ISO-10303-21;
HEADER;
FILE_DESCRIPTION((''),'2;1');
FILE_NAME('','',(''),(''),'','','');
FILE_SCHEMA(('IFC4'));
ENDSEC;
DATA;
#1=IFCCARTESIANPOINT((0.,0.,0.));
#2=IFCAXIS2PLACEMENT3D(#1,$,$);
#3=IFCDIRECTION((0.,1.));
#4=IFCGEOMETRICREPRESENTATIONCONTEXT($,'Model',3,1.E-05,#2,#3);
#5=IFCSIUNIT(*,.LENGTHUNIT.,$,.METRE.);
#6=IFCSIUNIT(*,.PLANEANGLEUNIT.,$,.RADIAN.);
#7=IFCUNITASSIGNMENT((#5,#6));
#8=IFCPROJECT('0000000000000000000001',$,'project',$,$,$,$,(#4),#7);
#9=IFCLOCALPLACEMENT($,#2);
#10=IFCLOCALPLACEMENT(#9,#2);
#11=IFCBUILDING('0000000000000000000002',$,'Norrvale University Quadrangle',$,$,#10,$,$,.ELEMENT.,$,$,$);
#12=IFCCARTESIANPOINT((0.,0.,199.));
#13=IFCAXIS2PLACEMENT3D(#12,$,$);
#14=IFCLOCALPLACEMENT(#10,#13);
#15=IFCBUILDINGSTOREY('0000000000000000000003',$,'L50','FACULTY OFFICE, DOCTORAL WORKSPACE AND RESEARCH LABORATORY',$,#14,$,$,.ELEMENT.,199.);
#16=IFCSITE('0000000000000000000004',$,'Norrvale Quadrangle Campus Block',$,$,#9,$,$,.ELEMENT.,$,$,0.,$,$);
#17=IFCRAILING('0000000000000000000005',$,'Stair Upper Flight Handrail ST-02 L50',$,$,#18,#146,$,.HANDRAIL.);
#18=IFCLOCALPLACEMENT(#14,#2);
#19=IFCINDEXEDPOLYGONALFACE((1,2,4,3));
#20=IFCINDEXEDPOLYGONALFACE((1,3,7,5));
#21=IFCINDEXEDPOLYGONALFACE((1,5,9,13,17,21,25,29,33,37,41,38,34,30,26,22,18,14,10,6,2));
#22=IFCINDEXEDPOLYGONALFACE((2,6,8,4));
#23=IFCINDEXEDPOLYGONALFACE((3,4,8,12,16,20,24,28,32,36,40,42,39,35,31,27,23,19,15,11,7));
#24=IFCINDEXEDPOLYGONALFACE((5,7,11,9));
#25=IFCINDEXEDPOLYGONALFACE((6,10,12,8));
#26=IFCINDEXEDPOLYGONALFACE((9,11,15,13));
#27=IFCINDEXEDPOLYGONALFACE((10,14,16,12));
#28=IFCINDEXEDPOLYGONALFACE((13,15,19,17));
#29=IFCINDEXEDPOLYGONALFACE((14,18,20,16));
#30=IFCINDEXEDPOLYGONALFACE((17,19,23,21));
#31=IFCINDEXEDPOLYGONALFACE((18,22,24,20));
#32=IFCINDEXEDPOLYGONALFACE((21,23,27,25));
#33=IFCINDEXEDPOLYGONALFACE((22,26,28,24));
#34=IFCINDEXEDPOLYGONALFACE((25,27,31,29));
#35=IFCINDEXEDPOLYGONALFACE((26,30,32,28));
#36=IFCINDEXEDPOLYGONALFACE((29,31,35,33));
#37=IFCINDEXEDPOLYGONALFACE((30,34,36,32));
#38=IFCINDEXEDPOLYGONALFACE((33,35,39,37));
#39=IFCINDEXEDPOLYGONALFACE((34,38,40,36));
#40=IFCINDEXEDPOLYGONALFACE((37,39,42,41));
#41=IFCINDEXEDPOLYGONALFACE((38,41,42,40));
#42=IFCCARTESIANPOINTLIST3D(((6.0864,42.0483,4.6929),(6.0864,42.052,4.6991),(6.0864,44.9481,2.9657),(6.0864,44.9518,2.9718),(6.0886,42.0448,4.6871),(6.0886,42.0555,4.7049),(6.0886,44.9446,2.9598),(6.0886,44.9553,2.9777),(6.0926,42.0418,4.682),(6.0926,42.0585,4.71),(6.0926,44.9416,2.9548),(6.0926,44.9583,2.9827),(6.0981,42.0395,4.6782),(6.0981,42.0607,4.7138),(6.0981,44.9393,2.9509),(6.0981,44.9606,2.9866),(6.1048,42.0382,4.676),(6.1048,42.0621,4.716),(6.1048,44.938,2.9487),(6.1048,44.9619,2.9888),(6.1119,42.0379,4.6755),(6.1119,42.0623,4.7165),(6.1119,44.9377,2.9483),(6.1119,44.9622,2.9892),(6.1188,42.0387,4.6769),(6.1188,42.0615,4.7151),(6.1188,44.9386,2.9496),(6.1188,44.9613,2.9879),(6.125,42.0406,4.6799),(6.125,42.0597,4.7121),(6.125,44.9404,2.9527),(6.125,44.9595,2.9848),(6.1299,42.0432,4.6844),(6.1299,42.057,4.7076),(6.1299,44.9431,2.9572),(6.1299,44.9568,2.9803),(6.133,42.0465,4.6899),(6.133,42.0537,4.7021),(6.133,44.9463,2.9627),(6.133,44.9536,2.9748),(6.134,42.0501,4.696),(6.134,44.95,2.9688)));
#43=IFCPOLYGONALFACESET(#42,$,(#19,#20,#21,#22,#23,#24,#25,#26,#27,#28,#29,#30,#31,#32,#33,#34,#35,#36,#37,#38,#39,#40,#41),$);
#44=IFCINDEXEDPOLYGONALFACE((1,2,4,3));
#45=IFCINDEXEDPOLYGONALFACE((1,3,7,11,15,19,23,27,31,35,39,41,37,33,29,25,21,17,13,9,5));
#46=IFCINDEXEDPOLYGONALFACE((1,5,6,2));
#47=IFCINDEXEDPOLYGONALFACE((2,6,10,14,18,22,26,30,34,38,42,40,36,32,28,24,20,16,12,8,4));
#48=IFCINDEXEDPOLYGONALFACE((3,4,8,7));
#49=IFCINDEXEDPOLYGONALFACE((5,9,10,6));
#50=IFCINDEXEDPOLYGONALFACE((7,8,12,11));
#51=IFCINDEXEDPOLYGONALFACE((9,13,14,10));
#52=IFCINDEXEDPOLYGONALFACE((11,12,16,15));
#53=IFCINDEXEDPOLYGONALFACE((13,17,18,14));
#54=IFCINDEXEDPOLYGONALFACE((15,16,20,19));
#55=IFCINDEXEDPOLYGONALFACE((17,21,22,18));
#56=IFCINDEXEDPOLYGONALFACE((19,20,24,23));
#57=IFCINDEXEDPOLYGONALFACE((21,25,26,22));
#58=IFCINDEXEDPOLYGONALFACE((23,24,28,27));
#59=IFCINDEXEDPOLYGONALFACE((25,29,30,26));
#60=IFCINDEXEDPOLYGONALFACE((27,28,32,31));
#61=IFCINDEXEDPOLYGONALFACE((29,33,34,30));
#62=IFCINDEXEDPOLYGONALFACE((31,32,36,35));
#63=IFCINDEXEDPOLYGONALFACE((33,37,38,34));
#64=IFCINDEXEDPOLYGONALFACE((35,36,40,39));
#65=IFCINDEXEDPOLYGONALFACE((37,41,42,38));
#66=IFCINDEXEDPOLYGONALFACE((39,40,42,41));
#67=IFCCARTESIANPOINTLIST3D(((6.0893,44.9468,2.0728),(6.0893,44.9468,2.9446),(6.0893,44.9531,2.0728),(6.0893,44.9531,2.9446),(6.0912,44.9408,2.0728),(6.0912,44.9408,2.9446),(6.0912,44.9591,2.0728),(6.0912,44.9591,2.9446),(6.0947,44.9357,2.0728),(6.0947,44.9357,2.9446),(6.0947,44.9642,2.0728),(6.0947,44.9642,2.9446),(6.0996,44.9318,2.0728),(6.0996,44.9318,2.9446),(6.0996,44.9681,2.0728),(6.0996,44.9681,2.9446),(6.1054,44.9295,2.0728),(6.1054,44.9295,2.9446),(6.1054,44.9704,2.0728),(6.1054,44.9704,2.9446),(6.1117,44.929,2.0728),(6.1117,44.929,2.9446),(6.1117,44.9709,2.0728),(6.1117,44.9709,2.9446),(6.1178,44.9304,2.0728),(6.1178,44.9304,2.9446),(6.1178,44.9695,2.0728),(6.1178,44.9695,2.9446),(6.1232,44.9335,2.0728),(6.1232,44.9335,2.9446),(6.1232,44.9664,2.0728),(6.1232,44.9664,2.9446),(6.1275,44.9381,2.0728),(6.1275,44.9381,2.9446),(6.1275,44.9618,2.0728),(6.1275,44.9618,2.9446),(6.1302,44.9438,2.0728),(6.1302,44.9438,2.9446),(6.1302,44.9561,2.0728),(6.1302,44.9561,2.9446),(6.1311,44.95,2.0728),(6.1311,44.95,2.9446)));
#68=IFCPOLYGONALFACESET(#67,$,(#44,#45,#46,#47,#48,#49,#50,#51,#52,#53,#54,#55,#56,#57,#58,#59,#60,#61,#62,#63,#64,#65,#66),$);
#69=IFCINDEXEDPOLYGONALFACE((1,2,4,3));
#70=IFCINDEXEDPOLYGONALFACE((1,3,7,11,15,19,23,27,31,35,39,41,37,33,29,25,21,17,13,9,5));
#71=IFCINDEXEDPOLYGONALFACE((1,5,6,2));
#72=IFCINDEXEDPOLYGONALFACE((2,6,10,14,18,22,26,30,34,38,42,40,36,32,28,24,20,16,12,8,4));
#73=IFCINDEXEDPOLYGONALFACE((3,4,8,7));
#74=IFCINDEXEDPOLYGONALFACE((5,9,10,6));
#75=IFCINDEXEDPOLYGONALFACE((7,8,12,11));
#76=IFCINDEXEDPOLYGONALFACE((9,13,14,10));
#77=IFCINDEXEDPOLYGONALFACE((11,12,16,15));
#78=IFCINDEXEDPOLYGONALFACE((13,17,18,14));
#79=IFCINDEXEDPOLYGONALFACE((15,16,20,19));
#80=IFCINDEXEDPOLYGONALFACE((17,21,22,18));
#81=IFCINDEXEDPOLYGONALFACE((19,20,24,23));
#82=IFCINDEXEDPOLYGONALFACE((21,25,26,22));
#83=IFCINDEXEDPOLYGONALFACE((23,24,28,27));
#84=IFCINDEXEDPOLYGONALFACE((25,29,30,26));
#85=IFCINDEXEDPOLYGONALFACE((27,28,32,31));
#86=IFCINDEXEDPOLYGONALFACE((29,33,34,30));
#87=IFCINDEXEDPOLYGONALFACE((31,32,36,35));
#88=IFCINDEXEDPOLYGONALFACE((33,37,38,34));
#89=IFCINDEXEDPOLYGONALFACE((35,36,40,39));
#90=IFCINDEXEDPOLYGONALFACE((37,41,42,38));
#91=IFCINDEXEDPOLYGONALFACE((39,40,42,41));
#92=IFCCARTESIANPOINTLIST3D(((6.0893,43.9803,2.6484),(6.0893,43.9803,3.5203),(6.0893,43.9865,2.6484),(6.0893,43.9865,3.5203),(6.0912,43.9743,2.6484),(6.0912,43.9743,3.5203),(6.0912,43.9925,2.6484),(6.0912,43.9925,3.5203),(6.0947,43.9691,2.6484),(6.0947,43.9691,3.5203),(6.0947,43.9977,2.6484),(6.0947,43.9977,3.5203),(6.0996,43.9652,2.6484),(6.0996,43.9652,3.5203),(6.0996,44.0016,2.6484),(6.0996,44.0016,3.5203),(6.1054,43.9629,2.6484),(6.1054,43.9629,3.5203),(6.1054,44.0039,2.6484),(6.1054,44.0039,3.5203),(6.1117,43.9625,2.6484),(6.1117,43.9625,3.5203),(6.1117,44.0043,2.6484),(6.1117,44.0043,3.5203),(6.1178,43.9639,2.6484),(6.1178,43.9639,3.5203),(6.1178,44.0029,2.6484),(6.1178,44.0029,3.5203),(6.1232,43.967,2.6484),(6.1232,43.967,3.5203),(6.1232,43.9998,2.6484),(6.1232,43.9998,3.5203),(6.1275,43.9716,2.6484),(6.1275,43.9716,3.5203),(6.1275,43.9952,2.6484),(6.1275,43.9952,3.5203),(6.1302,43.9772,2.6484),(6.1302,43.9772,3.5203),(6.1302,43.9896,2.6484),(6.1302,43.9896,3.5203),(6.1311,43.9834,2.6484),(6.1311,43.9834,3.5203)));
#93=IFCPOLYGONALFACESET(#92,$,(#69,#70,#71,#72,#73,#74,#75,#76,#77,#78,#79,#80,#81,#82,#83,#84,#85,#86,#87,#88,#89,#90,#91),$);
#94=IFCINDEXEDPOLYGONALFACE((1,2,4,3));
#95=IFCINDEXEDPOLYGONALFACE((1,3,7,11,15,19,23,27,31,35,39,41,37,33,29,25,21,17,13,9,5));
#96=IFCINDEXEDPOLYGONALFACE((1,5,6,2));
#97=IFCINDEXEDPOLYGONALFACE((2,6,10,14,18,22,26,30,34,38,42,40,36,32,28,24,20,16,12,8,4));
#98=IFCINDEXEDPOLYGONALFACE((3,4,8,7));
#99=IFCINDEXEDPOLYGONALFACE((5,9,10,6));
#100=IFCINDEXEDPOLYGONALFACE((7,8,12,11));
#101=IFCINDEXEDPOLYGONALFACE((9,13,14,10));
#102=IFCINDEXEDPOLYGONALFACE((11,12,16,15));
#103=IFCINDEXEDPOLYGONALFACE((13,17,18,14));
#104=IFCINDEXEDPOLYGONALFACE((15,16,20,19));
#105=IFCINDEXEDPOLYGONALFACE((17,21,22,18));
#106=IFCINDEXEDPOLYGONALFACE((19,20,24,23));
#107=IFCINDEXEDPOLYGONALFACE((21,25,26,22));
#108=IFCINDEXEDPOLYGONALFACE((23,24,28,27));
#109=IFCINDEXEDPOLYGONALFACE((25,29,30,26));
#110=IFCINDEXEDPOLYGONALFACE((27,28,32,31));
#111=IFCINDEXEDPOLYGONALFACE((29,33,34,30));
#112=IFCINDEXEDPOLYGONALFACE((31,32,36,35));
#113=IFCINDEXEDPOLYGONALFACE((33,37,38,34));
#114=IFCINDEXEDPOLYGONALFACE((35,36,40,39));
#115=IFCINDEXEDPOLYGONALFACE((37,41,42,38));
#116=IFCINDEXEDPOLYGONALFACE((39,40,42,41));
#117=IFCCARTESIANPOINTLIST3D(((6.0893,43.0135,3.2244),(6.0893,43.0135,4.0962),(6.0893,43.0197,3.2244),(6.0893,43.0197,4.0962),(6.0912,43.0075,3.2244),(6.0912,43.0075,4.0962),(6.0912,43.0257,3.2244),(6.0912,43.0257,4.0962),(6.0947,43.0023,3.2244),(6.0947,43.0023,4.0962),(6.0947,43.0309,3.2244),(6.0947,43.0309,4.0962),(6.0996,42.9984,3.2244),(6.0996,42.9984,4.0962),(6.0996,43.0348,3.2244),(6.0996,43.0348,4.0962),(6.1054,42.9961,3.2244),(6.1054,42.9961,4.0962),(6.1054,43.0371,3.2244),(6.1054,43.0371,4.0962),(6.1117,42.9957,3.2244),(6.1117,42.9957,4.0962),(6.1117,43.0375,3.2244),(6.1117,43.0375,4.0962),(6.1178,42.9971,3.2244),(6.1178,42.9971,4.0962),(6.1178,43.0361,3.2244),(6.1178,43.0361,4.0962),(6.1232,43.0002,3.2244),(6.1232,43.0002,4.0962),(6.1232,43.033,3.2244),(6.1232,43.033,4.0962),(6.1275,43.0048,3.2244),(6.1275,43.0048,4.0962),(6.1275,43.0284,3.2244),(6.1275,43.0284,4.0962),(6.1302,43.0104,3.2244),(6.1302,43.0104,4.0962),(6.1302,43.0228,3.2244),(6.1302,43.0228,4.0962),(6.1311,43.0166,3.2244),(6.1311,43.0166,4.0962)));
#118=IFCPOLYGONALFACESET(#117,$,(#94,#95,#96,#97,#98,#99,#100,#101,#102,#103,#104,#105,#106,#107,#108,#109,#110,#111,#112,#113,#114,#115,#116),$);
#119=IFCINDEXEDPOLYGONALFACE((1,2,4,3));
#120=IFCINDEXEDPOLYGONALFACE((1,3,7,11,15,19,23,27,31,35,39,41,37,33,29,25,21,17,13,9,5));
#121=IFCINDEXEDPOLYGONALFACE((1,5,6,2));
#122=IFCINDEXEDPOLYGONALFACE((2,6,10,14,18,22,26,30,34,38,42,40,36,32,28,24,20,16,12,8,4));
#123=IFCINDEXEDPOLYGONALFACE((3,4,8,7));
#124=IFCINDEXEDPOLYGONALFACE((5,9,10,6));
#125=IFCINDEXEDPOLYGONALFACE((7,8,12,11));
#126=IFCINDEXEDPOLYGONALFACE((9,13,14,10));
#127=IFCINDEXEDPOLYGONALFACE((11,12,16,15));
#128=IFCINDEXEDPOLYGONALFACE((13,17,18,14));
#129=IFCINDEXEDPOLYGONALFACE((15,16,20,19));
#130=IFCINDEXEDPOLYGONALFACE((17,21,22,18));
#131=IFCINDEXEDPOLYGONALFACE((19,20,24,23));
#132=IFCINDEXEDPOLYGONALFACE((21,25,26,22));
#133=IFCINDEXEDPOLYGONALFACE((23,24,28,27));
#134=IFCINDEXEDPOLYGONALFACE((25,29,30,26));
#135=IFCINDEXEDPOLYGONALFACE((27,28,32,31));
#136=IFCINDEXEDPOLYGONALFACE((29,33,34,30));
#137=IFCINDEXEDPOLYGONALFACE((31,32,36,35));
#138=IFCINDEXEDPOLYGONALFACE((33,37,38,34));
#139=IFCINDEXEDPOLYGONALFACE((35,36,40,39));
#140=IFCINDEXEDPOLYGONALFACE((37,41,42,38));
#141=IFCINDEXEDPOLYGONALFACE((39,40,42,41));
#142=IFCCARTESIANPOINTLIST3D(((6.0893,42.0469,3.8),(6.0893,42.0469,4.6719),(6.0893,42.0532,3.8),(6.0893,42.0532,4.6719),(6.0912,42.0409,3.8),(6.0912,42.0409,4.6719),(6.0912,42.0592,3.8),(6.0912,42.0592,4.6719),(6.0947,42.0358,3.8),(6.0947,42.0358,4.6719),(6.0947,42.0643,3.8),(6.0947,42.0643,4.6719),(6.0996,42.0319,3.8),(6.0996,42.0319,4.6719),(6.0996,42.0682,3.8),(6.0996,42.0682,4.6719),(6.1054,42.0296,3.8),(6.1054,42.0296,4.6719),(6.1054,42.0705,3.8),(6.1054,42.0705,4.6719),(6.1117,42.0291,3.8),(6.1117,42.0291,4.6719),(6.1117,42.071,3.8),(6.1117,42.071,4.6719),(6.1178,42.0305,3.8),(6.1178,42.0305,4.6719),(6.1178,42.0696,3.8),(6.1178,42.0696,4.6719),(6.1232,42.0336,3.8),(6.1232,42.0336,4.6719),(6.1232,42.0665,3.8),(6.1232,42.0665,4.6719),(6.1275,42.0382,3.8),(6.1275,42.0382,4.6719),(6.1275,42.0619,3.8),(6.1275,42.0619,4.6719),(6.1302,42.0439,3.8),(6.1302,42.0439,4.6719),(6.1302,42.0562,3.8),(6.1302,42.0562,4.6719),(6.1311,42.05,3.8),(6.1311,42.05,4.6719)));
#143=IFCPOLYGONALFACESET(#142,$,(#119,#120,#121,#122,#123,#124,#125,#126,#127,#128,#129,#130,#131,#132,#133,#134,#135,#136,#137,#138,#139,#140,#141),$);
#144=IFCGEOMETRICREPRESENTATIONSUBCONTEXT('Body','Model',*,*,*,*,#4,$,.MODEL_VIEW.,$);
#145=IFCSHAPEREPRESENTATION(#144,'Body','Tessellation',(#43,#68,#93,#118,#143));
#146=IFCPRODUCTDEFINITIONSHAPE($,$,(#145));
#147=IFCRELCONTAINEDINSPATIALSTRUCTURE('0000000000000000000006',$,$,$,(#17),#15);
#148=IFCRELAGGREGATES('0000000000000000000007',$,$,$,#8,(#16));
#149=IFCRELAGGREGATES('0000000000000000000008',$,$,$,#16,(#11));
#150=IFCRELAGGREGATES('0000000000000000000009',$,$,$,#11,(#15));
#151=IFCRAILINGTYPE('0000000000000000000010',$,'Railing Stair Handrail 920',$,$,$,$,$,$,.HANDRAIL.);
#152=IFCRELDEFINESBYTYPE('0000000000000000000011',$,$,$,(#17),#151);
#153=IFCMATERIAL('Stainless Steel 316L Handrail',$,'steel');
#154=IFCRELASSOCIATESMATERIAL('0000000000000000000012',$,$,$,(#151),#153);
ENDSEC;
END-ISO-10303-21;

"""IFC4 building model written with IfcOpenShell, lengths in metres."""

from ifc_helpers import new_model, si_unit, direction, frame, origin, origin_2d, place, context, subcontext, project, spatial, circle, extrude, material, type_object, element, save


model = new_model("IFC4")

# Units and contexts
model_context = context("Model", 3, precision=1e-05, world=origin(), true_north=direction((0.0, 1.0)))
body_context = subcontext(model_context, "Body", "Model", "MODEL_VIEW")
ifc_project = project(units=[si_unit("LENGTHUNIT", "METRE"), si_unit("PLANEANGLEUNIT", "RADIAN")], contexts=[model_context])

# Site, building, storey
site_placement = place(None, origin())
site = spatial("IfcSite", under=ifc_project, at=site_placement, Name="Norrvale Quadrangle Campus Block", CompositionType="ELEMENT", RefElevation=0.0)
building_placement = place(site_placement, origin())
building = spatial("IfcBuilding", under=site, at=building_placement, Name="Norrvale University Quadrangle", CompositionType="ELEMENT")
storey_placement = place(building_placement, frame((0.0, 0.0, 199.0)))
storey = spatial("IfcBuildingStorey", under=building, at=storey_placement, Name="L50", Description="FACULTY OFFICE, DOCTORAL WORKSPACE AND RESEARCH LABORATORY", CompositionType="ELEMENT", Elevation=199.0)

# Railing
ifc_material_1 = material(Name="Stainless Steel 316L Handrail", Category="steel")
railing_type_1 = type_object("IfcRailingType", Name="Railing Stair Handrail 920", PredefinedType="HANDRAIL", material=ifc_material_1)
railing_1_placement = place(storey_placement, frame((6.1101, 44.95, 2.0728)))
element("IfcRailing", 1, at=railing_1_placement, inside=storey, type_object=railing_type_1, Name="Stair Upper Flight Handrail ST-02 L50", PredefinedType="HANDRAIL", context=body_context, shape_type="SweptSolid", body=[
    extrude(circle(Radius=0.0239, at=origin_2d()), frame((0.0, 0.0, 0.896), z_axis=(0.0, -0.859141, 0.511738), x_axis=(1.0, 0.0, 0.0)), (0.0, 0.0, 1.0), 3.3752),
    extrude(circle(Radius=0.021, at=origin_2d()), origin(), (0.0, 0.0, 1.0), 0.8718),
    extrude(circle(Radius=0.021, at=origin_2d()), frame((0.0, -0.9666, 0.5757)), (0.0, 0.0, 1.0), 0.8718),
    extrude(circle(Radius=0.021, at=origin_2d()), frame((0.0, -1.9333, 1.1516)), (0.0, 0.0, 1.0), 0.8718),
    extrude(circle(Radius=0.021, at=origin_2d()), frame((0.0, -2.8999, 1.7273)), (0.0, 0.0, 1.0), 0.8718),
])

save(model, "model.ifc")
